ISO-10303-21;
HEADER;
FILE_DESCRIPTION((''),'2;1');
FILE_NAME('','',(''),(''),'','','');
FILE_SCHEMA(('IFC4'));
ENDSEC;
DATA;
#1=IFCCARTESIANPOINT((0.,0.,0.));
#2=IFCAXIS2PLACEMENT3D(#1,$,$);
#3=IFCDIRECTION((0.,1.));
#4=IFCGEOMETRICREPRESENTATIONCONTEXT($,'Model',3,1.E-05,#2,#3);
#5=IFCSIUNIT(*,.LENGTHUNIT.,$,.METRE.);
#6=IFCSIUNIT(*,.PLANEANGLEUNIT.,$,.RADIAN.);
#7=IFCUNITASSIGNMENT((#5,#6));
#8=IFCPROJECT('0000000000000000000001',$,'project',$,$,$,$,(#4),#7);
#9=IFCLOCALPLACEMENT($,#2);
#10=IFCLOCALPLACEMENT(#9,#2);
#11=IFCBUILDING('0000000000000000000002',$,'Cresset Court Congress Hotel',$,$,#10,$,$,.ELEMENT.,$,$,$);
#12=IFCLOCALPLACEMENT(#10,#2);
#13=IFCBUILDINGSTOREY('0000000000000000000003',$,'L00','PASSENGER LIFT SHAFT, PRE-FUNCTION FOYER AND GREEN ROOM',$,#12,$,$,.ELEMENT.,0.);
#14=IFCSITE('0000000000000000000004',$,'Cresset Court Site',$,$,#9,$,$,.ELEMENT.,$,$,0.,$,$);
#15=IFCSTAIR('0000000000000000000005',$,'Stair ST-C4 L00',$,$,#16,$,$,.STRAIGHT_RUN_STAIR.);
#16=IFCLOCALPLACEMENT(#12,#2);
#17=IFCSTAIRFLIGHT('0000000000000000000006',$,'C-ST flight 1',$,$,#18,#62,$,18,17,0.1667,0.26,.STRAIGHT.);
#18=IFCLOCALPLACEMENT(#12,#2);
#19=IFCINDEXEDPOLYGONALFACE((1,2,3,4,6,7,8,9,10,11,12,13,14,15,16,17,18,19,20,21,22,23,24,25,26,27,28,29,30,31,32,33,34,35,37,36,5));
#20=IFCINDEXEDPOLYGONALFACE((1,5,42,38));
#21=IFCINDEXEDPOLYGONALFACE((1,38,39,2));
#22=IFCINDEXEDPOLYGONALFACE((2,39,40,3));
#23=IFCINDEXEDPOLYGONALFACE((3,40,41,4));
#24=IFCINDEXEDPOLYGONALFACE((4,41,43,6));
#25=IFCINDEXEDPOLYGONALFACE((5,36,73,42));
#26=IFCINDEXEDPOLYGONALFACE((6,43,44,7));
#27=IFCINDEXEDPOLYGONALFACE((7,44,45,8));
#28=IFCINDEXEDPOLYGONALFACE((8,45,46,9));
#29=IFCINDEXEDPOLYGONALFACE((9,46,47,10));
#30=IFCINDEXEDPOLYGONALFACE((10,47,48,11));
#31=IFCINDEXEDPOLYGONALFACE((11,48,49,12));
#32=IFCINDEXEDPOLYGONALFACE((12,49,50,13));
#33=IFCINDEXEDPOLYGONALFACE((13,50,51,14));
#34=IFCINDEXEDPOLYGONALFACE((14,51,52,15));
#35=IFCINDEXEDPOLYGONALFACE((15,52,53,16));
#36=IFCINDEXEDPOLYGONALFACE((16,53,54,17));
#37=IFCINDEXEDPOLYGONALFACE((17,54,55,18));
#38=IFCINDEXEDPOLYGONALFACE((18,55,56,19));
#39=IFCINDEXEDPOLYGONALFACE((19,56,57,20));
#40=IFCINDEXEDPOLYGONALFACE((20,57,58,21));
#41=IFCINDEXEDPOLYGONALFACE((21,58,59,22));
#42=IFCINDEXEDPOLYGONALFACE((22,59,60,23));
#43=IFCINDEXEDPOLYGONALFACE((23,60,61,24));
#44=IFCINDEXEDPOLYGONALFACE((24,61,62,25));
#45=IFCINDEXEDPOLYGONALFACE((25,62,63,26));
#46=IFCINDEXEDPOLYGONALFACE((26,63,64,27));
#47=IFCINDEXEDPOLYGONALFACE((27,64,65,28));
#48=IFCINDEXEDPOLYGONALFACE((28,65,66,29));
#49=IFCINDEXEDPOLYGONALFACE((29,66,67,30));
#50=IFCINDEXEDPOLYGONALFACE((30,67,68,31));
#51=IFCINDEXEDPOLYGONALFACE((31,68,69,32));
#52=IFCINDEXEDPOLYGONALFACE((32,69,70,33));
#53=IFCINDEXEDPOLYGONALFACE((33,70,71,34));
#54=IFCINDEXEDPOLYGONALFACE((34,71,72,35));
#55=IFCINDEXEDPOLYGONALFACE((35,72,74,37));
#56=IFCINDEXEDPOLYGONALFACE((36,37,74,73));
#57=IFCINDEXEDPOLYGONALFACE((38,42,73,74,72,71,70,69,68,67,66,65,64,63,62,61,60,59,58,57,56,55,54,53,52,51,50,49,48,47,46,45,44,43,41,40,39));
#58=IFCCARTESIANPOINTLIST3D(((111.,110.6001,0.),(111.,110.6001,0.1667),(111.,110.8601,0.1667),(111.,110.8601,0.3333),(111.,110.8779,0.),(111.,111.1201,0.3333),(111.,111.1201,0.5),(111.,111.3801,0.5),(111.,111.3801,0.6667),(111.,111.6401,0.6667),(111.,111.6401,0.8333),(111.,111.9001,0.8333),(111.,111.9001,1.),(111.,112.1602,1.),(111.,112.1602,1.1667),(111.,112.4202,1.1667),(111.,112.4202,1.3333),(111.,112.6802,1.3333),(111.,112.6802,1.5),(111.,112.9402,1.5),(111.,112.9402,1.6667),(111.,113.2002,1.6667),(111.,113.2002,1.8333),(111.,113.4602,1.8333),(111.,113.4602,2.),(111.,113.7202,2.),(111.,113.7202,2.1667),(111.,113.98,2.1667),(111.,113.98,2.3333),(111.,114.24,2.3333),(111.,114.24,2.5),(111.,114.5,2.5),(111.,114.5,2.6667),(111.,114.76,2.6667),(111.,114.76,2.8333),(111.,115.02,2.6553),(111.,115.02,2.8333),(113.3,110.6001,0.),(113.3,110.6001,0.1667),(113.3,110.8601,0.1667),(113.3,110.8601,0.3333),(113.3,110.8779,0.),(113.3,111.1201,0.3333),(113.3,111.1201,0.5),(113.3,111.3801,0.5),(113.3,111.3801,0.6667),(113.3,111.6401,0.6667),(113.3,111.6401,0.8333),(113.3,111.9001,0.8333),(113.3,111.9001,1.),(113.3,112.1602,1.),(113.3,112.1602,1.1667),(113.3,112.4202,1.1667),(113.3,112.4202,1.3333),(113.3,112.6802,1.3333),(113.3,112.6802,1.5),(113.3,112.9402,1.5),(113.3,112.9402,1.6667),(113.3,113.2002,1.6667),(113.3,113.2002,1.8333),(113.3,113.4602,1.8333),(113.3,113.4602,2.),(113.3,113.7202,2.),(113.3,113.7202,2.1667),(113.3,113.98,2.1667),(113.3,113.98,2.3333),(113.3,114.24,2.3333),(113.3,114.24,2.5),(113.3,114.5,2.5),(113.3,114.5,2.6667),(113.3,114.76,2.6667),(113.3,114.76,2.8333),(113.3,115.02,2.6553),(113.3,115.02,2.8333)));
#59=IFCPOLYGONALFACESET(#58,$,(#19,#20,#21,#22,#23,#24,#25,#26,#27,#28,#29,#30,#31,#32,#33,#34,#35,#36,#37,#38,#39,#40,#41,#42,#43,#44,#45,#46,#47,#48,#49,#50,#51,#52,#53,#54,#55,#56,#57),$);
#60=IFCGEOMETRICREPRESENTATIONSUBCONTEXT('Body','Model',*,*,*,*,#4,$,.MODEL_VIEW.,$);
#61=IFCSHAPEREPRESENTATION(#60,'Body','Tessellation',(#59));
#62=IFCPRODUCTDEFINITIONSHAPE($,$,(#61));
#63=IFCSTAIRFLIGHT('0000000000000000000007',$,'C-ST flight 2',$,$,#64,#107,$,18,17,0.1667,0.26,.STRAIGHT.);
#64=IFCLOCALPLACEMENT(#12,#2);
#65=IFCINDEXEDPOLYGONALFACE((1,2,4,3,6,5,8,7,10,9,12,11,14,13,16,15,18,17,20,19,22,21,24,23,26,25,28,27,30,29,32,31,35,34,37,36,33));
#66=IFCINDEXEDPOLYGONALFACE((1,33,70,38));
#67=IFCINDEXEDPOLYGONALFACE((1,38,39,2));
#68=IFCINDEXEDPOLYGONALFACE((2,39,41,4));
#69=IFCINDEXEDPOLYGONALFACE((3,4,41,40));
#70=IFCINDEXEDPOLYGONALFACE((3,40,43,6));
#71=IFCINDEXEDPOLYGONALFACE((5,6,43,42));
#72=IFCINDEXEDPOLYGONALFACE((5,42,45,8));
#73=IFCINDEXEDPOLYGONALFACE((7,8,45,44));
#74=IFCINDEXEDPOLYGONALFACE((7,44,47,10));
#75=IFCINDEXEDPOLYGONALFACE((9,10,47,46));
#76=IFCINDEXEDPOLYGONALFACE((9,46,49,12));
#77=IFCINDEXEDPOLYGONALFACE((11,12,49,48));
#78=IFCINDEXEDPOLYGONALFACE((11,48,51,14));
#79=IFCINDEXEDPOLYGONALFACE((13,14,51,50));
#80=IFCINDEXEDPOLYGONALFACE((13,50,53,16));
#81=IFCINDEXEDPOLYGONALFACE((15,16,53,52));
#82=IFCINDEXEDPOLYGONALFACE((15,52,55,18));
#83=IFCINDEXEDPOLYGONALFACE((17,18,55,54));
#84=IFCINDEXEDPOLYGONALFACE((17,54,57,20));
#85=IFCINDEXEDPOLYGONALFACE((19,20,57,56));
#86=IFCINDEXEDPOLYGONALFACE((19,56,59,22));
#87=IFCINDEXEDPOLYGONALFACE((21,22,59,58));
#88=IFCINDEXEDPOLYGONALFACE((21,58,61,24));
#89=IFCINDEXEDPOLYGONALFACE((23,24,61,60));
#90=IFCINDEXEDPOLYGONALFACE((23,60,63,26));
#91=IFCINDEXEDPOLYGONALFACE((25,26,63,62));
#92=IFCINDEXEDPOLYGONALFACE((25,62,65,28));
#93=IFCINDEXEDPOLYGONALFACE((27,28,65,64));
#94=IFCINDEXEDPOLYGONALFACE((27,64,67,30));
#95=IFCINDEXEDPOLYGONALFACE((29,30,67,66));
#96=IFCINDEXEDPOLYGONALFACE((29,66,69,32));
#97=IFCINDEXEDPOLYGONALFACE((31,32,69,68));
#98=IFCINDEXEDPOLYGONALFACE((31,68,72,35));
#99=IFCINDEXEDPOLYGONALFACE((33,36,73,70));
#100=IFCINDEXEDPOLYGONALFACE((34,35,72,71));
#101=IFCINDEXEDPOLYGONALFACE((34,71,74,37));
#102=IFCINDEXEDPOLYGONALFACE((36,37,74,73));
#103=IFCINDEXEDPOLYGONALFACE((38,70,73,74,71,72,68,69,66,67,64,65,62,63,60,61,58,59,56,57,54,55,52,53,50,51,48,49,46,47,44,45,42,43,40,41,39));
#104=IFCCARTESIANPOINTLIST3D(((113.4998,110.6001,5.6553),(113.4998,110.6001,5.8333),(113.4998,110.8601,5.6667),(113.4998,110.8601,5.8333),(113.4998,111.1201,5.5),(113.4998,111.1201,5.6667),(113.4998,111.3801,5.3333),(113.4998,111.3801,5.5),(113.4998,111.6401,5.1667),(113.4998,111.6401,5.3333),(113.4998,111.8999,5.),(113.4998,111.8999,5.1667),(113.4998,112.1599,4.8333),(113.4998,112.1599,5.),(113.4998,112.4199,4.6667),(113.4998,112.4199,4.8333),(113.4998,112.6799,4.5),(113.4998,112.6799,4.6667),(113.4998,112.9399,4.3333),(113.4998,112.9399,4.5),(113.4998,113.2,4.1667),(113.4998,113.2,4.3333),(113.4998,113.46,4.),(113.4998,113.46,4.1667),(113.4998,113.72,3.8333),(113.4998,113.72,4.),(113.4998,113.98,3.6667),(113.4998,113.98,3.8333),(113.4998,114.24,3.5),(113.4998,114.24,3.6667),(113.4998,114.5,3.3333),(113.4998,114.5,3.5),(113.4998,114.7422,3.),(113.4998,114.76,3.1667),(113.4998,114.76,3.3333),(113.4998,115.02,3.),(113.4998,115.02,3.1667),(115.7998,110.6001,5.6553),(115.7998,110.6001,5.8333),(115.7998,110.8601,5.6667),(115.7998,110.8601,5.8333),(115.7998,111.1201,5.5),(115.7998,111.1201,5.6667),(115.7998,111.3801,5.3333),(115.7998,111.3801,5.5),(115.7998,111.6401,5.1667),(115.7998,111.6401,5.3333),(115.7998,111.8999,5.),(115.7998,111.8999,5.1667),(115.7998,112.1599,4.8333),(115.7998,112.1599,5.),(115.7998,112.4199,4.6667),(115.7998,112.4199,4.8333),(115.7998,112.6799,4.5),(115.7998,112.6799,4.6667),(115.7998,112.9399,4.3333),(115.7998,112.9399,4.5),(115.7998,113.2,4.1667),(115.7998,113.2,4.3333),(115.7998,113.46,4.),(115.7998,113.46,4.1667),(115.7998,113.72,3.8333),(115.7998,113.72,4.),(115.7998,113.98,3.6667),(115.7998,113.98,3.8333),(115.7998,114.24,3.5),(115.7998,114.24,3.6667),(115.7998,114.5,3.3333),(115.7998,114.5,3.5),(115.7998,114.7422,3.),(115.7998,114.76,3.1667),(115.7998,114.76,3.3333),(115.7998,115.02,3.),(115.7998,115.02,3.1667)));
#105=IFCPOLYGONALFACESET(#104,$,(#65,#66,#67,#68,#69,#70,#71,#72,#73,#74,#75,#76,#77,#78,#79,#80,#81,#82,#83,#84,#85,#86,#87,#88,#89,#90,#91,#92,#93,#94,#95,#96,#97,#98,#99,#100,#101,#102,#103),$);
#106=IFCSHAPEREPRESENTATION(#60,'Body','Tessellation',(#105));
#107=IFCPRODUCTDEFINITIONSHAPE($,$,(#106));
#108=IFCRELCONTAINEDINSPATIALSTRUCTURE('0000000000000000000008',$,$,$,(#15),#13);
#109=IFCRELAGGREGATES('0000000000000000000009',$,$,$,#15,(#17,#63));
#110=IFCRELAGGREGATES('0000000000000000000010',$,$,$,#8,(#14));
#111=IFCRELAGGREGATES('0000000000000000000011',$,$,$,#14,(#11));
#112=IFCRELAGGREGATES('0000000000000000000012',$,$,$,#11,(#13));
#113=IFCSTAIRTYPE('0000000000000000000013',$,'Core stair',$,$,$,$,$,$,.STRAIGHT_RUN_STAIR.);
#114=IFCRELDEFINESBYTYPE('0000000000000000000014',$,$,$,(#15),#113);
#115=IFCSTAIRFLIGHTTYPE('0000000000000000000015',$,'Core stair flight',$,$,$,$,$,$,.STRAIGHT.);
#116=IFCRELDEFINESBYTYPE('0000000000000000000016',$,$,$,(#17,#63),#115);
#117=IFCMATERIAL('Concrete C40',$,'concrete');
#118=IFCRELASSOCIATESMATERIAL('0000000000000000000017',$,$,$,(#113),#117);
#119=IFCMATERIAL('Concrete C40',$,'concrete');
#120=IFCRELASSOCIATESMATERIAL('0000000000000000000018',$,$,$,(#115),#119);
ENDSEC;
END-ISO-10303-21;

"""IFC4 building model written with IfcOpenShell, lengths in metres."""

from ifc_helpers import new_model, si_unit, direction, frame, origin, place, context, subcontext, project, spatial, polyline, outline, extrude, material, type_object, element, aggregate, save


model = new_model("IFC4")

# Units and contexts
model_context = context("Model", 3, precision=1e-05, world=origin(), true_north=direction((0.0, 1.0)))
body_context = subcontext(model_context, "Body", "Model", "MODEL_VIEW")
ifc_project = project(units=[si_unit("LENGTHUNIT", "METRE"), si_unit("PLANEANGLEUNIT", "RADIAN")], contexts=[model_context])

# Site, building, storey
site_placement = place(None, origin())
site = spatial("IfcSite", under=ifc_project, at=site_placement, Name="Cresset Court Site", CompositionType="ELEMENT", RefElevation=0.0)
building_placement = place(site_placement, origin())
building = spatial("IfcBuilding", under=site, at=building_placement, Name="Cresset Court Congress Hotel", CompositionType="ELEMENT")
storey_placement = place(building_placement, origin())
storey = spatial("IfcBuildingStorey", under=building, at=storey_placement, Name="L00", Description="PASSENGER LIFT SHAFT, PRE-FUNCTION FOYER AND GREEN ROOM", CompositionType="ELEMENT", Elevation=0.0)

# Stair, stair flights
ifc_material_1 = material(Name="Concrete C40", Category="concrete")
stair_type = type_object("IfcStairType", Name="Core stair", PredefinedType="STRAIGHT_RUN_STAIR", material=ifc_material_1)
stair_placement = place(storey_placement, origin())
stair = element("IfcStair", 1, at=stair_placement, inside=storey, type_object=stair_type, Name="Stair ST-C4 L00", PredefinedType="STRAIGHT_RUN_STAIR")
ifc_material_2 = material(Name="Concrete C40", Category="concrete")
stair_flight_type = type_object("IfcStairFlightType", Name="Core stair flight", PredefinedType="STRAIGHT", material=ifc_material_2)
stair_flight_1_placement = place(storey_placement, frame((112.1499, 110.6001, 0.0), z_axis=(0.0, 0.0, 1.0), x_axis=(0.0, 1.0, 0.0)))
stair_flight_1 = element("IfcStairFlight", 2, at=stair_flight_1_placement, type_object=stair_flight_type, Name="C-ST flight 1", NumberOfRisers=18, NumberOfTreads=17, PredefinedType="STRAIGHT", RiserHeight=0.1667, TreadLength=0.26, context=body_context, shape_type="SweptSolid", body=[
    extrude(outline(polyline([(0.0, 0.0), (0.0, 0.1667), (0.26, 0.1667), (0.26, 0.3333), (0.52, 0.3333), (0.52, 0.5), (0.78, 0.5), (0.78, 0.6667), (1.04, 0.6667), (1.04, 0.8333), (1.3, 0.8333), (1.3, 1.0), (1.5601, 1.0), (1.5601, 1.1667), (1.8201, 1.1667), (1.8201, 1.3333), (2.0801, 1.3333), (2.0801, 1.5), (2.3401, 1.5), (2.3401, 1.6667), (2.6001, 1.6667), (2.6001, 1.8333), (2.8601, 1.8333), (2.8601, 2.0), (3.1201, 2.0), (3.1201, 2.1667), (3.3799, 2.1667), (3.3799, 2.3333), (3.6399, 2.3333), (3.6399, 2.5), (3.8999, 2.5), (3.8999, 2.6667), (4.1599, 2.6667), (4.1599, 2.8333), (4.4199, 2.8333), (4.4199, 3.0), (4.4199, 2.6553), (0.2778, 0.0), (0.0, 0.0)])), frame((0.0, 1.1499, 0.0), z_axis=(0.0, -1.0, 0.0), x_axis=(1.0, 0.0, 0.0)), (0.0, 0.0, 1.0), 2.3),
])
stair_flight_2_placement = place(storey_placement, frame((114.6499, 115.02, 3.0), z_axis=(0.0, 0.0, 1.0), x_axis=(0.0, -1.0, 0.0)))
stair_flight_2 = element("IfcStairFlight", 3, at=stair_flight_2_placement, type_object=stair_flight_type, Name="C-ST flight 2", NumberOfRisers=18, NumberOfTreads=17, PredefinedType="STRAIGHT", RiserHeight=0.1667, TreadLength=0.26, context=body_context, shape_type="SweptSolid", body=[
    extrude(outline(polyline([(0.0, 0.0), (0.0, 0.1667), (0.26, 0.1667), (0.26, 0.3333), (0.52, 0.3333), (0.52, 0.5), (0.78, 0.5), (0.78, 0.6667), (1.04, 0.6667), (1.04, 0.8333), (1.3, 0.8333), (1.3, 1.0), (1.5601, 1.0), (1.5601, 1.1667), (1.8201, 1.1667), (1.8201, 1.3333), (2.0801, 1.3333), (2.0801, 1.5), (2.3401, 1.5), (2.3401, 1.6667), (2.6001, 1.6667), (2.6001, 1.8333), (2.8601, 1.8333), (2.8601, 2.0), (3.1201, 2.0), (3.1201, 2.1667), (3.3799, 2.1667), (3.3799, 2.3333), (3.6399, 2.3333), (3.6399, 2.5), (3.8999, 2.5), (3.8999, 2.6667), (4.1599, 2.6667), (4.1599, 2.8333), (4.4199, 2.8333), (4.4199, 3.0), (4.4199, 2.6553), (0.2778, 0.0), (0.0, 0.0)])), frame((0.0, 1.1499, 0.0), z_axis=(0.0, -1.0, 0.0), x_axis=(1.0, 0.0, 0.0)), (0.0, 0.0, 1.0), 2.3),
])
aggregate(stair, [stair_flight_1, stair_flight_2])

save(model, "model.ifc")
